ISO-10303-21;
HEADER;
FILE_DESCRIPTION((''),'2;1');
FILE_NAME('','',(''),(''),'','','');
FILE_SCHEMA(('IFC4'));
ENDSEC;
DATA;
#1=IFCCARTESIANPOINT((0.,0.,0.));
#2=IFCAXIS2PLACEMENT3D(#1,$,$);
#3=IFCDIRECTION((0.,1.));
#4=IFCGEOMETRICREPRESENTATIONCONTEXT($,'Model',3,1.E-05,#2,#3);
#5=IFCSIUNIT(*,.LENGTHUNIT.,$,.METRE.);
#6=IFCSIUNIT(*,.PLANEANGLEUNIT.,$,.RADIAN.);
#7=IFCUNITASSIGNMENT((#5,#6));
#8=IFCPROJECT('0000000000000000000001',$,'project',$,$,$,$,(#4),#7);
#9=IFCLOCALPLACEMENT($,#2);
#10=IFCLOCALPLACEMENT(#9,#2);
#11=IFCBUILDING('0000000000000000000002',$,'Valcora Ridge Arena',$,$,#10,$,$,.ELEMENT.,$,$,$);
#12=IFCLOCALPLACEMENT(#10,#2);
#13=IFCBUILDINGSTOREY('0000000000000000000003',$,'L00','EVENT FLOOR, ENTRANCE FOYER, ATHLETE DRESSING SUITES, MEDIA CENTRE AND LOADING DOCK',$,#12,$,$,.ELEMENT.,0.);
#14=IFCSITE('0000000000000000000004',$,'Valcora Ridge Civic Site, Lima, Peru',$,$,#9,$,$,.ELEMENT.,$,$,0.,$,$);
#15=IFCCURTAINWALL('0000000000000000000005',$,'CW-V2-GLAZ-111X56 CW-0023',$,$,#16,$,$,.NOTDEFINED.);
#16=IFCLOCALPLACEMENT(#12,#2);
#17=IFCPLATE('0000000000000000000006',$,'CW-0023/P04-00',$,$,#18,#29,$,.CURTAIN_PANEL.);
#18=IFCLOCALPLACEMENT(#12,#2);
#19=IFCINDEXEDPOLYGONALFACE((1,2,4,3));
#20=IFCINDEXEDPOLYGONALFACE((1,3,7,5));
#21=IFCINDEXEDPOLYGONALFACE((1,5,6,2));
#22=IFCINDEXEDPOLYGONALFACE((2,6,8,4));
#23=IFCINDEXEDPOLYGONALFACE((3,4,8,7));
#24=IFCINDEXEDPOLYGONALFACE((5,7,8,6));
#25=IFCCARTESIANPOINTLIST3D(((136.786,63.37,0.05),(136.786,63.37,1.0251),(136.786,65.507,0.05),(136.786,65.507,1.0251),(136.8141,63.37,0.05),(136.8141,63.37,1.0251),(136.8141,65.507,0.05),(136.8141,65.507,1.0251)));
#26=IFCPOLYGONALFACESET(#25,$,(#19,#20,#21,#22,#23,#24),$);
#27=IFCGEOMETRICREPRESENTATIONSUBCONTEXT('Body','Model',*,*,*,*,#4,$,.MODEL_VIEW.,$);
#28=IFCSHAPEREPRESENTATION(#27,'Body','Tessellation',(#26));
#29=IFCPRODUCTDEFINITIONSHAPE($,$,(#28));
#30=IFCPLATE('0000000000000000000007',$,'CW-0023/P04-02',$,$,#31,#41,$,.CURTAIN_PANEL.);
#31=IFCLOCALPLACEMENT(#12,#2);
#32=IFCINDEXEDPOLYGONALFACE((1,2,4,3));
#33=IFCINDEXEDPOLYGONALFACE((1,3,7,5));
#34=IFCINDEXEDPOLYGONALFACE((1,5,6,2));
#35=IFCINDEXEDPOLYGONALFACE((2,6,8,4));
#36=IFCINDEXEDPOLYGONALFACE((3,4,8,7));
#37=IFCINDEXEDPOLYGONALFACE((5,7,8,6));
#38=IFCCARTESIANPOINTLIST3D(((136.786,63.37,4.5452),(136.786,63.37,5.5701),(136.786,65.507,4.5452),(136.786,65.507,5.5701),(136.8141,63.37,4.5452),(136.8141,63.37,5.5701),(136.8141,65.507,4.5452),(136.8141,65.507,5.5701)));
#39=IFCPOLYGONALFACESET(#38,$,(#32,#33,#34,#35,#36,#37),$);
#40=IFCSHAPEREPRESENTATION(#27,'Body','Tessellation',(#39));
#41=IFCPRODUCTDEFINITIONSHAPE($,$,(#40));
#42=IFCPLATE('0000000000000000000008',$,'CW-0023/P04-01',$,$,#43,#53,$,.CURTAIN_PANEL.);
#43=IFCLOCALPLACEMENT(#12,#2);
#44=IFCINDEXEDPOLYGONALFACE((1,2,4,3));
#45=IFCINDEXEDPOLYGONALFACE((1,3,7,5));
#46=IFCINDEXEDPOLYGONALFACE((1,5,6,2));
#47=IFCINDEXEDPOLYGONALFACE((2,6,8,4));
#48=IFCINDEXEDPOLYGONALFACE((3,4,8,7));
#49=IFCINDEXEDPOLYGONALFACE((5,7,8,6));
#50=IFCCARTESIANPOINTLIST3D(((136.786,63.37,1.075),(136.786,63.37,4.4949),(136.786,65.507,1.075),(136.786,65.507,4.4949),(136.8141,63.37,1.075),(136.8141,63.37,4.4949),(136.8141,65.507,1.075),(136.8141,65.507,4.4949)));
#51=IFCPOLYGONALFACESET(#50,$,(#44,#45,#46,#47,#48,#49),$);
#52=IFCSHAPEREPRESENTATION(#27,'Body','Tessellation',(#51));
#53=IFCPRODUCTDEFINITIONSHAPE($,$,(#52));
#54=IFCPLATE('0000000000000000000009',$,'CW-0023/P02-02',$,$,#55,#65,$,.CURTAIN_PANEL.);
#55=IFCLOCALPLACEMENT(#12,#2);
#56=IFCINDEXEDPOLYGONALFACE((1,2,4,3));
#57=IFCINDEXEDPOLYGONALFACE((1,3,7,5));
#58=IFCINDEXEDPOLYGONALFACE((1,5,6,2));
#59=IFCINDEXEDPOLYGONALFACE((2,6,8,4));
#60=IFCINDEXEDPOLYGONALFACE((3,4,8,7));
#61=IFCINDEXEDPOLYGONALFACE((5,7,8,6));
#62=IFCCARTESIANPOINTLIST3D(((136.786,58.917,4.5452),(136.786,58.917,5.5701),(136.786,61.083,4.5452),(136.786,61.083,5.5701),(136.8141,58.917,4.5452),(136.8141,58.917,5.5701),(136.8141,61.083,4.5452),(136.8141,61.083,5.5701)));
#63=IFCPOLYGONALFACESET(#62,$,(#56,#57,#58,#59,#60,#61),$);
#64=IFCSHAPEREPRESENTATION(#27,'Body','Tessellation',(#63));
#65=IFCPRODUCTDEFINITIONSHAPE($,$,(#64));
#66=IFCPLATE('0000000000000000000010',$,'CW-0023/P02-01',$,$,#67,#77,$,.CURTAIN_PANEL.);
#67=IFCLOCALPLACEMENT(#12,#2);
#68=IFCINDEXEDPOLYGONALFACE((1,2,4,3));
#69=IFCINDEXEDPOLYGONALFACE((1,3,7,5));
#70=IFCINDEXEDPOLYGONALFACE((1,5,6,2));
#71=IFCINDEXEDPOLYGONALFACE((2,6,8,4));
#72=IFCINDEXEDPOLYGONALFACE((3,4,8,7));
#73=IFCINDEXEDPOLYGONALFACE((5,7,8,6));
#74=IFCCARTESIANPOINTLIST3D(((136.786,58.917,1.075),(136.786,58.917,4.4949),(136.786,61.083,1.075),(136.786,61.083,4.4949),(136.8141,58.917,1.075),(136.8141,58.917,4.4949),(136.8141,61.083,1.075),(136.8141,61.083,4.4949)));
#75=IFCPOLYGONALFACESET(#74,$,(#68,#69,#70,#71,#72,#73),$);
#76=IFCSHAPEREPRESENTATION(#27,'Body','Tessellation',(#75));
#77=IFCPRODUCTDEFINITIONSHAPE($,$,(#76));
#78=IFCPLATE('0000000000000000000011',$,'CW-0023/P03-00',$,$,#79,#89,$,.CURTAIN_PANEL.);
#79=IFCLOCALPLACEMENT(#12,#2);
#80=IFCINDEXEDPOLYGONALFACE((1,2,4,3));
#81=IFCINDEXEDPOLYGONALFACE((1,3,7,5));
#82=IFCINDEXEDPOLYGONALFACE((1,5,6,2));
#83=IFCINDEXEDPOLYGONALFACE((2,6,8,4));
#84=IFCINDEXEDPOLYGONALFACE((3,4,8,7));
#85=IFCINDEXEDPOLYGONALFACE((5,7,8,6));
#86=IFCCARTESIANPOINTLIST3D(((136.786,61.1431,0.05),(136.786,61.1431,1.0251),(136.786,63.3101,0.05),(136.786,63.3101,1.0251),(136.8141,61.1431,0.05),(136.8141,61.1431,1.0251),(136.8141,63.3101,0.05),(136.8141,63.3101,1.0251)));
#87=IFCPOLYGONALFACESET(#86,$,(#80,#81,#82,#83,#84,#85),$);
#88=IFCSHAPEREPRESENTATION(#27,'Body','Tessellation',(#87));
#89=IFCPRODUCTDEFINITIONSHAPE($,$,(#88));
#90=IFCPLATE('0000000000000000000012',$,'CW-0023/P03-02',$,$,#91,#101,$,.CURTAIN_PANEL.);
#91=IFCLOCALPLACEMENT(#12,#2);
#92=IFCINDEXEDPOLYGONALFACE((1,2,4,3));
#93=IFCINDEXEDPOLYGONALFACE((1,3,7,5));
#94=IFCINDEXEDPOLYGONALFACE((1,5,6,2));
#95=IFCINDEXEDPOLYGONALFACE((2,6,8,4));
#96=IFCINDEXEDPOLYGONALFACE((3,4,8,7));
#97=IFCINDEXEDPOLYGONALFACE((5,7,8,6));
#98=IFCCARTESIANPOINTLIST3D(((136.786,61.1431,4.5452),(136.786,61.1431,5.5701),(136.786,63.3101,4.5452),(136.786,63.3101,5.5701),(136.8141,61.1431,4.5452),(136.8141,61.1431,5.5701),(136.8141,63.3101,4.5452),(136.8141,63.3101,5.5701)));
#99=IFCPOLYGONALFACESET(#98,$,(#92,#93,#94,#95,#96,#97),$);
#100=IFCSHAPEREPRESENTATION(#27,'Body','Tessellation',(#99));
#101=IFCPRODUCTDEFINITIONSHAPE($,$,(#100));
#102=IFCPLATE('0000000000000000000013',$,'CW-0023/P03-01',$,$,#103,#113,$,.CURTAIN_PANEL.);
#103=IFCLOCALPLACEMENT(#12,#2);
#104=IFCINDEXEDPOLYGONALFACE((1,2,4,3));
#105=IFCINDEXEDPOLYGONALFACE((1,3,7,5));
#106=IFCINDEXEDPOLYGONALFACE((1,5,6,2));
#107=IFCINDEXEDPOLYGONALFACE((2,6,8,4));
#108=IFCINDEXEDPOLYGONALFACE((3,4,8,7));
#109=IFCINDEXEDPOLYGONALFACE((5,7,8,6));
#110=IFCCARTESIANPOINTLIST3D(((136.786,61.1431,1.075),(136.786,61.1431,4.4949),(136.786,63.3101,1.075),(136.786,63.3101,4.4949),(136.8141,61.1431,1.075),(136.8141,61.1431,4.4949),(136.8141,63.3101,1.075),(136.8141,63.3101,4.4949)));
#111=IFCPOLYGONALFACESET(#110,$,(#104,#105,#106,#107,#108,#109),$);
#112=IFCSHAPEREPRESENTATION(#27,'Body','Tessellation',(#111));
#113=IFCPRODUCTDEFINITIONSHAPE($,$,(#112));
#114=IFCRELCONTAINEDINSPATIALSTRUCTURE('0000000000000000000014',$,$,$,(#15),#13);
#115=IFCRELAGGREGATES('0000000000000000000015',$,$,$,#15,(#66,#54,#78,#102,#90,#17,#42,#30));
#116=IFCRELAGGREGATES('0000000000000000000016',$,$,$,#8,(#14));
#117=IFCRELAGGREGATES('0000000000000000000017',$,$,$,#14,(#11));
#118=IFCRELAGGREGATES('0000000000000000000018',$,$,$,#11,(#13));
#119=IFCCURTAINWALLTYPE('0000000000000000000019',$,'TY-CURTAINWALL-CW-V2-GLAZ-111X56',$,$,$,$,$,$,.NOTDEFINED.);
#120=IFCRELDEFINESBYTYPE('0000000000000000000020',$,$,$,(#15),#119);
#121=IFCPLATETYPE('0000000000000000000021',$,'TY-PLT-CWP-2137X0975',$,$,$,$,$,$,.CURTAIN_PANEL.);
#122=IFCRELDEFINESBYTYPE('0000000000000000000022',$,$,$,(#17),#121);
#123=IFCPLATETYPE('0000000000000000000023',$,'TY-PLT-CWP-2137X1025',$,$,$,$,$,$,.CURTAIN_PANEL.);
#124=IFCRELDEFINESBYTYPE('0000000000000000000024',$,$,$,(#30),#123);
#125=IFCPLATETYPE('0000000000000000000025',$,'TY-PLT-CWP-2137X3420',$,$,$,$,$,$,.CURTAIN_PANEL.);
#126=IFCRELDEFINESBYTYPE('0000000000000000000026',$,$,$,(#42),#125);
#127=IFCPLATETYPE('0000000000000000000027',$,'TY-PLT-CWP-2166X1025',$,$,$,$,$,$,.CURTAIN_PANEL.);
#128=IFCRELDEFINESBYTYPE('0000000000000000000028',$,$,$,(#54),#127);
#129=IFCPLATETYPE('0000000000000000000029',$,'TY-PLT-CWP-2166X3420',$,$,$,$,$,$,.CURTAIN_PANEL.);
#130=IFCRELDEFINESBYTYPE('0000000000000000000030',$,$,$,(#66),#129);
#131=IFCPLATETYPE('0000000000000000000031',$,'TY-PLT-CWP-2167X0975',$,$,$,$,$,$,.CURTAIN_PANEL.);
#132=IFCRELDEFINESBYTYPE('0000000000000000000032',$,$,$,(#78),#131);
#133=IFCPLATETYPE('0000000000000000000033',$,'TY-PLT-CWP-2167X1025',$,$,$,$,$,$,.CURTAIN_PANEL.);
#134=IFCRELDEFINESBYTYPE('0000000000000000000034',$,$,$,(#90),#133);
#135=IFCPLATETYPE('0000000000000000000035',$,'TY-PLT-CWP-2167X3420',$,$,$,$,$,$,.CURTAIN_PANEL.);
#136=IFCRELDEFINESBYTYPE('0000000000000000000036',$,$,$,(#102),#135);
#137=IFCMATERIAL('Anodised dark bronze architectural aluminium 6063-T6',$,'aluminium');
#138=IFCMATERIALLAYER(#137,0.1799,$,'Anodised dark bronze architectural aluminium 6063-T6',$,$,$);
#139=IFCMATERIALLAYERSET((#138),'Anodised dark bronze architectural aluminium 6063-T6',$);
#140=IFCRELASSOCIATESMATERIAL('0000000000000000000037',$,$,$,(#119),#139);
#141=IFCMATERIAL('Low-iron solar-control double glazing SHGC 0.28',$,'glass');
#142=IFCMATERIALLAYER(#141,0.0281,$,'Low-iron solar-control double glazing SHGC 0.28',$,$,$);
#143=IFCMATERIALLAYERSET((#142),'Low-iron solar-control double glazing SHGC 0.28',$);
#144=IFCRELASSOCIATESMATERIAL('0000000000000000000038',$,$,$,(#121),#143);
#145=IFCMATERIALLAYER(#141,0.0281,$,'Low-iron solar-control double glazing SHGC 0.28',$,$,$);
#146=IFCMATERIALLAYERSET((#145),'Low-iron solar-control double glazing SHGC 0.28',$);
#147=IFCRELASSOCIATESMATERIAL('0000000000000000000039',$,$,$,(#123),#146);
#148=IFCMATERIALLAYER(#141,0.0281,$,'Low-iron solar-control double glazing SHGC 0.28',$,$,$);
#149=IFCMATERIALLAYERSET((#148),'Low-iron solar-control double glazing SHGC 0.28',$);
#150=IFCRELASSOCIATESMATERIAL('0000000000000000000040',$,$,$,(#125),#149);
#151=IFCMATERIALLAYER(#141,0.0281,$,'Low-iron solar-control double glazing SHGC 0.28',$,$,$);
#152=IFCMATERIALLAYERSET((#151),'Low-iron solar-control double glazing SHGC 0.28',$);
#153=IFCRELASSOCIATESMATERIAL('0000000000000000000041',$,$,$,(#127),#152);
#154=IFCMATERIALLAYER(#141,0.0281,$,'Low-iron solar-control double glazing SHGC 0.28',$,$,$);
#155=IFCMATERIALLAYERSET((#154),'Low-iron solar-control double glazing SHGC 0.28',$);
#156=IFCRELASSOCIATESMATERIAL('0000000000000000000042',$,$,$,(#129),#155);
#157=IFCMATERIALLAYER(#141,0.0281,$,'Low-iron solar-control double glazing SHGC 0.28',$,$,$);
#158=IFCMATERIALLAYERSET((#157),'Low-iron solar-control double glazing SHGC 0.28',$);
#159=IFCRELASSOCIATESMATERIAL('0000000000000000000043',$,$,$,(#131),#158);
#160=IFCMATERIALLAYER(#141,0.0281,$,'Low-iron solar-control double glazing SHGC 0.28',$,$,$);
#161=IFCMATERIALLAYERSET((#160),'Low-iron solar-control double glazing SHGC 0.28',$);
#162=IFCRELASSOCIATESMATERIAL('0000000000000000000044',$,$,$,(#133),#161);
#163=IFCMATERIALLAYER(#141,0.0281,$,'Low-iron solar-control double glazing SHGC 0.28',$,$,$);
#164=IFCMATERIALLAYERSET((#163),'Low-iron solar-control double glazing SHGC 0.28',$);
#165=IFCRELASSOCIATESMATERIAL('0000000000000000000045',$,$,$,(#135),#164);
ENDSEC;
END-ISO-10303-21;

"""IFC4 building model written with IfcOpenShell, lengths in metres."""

from ifc_helpers import new_model, si_unit, direction, frame, origin, origin_2d, place, context, subcontext, project, spatial, rectangle, extrude, material, layer, layer_set, type_object, element, aggregate, save


model = new_model("IFC4")

# Units and contexts
model_context = context("Model", 3, precision=1e-05, world=origin(), true_north=direction((0.0, 1.0)))
body_context = subcontext(model_context, "Body", "Model", "MODEL_VIEW")
ifc_project = project(units=[si_unit("LENGTHUNIT", "METRE"), si_unit("PLANEANGLEUNIT", "RADIAN")], contexts=[model_context])

# Site, building, storey
site_placement = place(None, origin())
site = spatial("IfcSite", under=ifc_project, at=site_placement, Name="Valcora Ridge Civic Site, Lima, Peru", CompositionType="ELEMENT", RefElevation=0.0)
building_placement = place(site_placement, origin())
building = spatial("IfcBuilding", under=site, at=building_placement, Name="Valcora Ridge Arena", CompositionType="ELEMENT")
storey_placement = place(building_placement, origin())
storey = spatial("IfcBuildingStorey", under=building, at=storey_placement, Name="L00", Description="EVENT FLOOR, ENTRANCE FOYER, ATHLETE DRESSING SUITES, MEDIA CENTRE AND LOADING DOCK", CompositionType="ELEMENT", Elevation=0.0)

# Curtain wall
ifc_material_1 = material(Name="Anodised dark bronze architectural aluminium 6063-T6", Category="aluminium")
ifc_layer_1 = layer(ifc_material_1, 0.1799, Name="Anodised dark bronze architectural aluminium 6063-T6")
ifc_layer_set_1 = layer_set([ifc_layer_1], Name="Anodised dark bronze architectural aluminium 6063-T6")
curtain_wall_type_1 = type_object("IfcCurtainWallType", Name="TY-CURTAINWALL-CW-V2-GLAZ-111X56", PredefinedType="NOTDEFINED", material=ifc_layer_set_1)
curtain_wall_1_placement = place(storey_placement, origin())
curtain_wall_1 = element("IfcCurtainWall", 1, at=curtain_wall_1_placement, inside=storey, type_object=curtain_wall_type_1, Name="CW-V2-GLAZ-111X56 CW-0023", PredefinedType="NOTDEFINED")

# Plates
ifc_material_2 = material(Name="Low-iron solar-control double glazing SHGC 0.28", Category="glass")
ifc_layer_2 = layer(ifc_material_2, 0.0281, Name="Low-iron solar-control double glazing SHGC 0.28")
ifc_layer_set_2 = layer_set([ifc_layer_2], Name="Low-iron solar-control double glazing SHGC 0.28")
plate_type_1 = type_object("IfcPlateType", Name="TY-PLT-CWP-2137X0975", PredefinedType="CURTAIN_PANEL", material=ifc_layer_set_2)
plate_1_placement = place(storey_placement, frame((136.8, 64.4385, 0.05), z_axis=(0.0, 0.0, 1.0), x_axis=(0.0, 1.0, 0.0)))
plate_1 = element("IfcPlate", 2, at=plate_1_placement, type_object=plate_type_1, Name="CW-0023/P04-00", PredefinedType="CURTAIN_PANEL", context=body_context, shape_type="SweptSolid", body=[
    extrude(rectangle(XDim=2.137, YDim=0.0281, at=origin_2d()), origin(), (0.0, 0.0, 1.0), 0.9751),
])
ifc_layer_3 = layer(ifc_material_2, 0.0281, Name="Low-iron solar-control double glazing SHGC 0.28")
ifc_layer_set_3 = layer_set([ifc_layer_3], Name="Low-iron solar-control double glazing SHGC 0.28")
plate_type_2 = type_object("IfcPlateType", Name="TY-PLT-CWP-2137X1025", PredefinedType="CURTAIN_PANEL", material=ifc_layer_set_3)
plate_2_placement = place(storey_placement, frame((136.8, 64.4385, 4.5452), z_axis=(0.0, 0.0, 1.0), x_axis=(0.0, 1.0, 0.0)))
plate_2 = element("IfcPlate", 3, at=plate_2_placement, type_object=plate_type_2, Name="CW-0023/P04-02", PredefinedType="CURTAIN_PANEL", context=body_context, shape_type="SweptSolid", body=[
    extrude(rectangle(XDim=2.137, YDim=0.0281, at=origin_2d()), origin(), (0.0, 0.0, 1.0), 1.0249),
])
ifc_layer_4 = layer(ifc_material_2, 0.0281, Name="Low-iron solar-control double glazing SHGC 0.28")
ifc_layer_set_4 = layer_set([ifc_layer_4], Name="Low-iron solar-control double glazing SHGC 0.28")
plate_type_3 = type_object("IfcPlateType", Name="TY-PLT-CWP-2137X3420", PredefinedType="CURTAIN_PANEL", material=ifc_layer_set_4)
plate_3_placement = place(storey_placement, frame((136.8, 64.4385, 1.075), z_axis=(0.0, 0.0, 1.0), x_axis=(0.0, 1.0, 0.0)))
plate_3 = element("IfcPlate", 4, at=plate_3_placement, type_object=plate_type_3, Name="CW-0023/P04-01", PredefinedType="CURTAIN_PANEL", context=body_context, shape_type="SweptSolid", body=[
    extrude(rectangle(XDim=2.137, YDim=0.0281, at=origin_2d()), origin(), (0.0, 0.0, 1.0), 3.4199),
])
ifc_layer_5 = layer(ifc_material_2, 0.0281, Name="Low-iron solar-control double glazing SHGC 0.28")
ifc_layer_set_5 = layer_set([ifc_layer_5], Name="Low-iron solar-control double glazing SHGC 0.28")
plate_type_4 = type_object("IfcPlateType", Name="TY-PLT-CWP-2166X1025", PredefinedType="CURTAIN_PANEL", material=ifc_layer_set_5)
plate_4_placement = place(storey_placement, frame((136.8, 60.0, 4.5452), z_axis=(0.0, 0.0, 1.0), x_axis=(0.0, 1.0, 0.0)))
plate_4 = element("IfcPlate", 5, at=plate_4_placement, type_object=plate_type_4, Name="CW-0023/P02-02", PredefinedType="CURTAIN_PANEL", context=body_context, shape_type="SweptSolid", body=[
    extrude(rectangle(XDim=2.166, YDim=0.0281, at=origin_2d()), origin(), (0.0, 0.0, 1.0), 1.0249),
])
ifc_layer_6 = layer(ifc_material_2, 0.0281, Name="Low-iron solar-control double glazing SHGC 0.28")
ifc_layer_set_6 = layer_set([ifc_layer_6], Name="Low-iron solar-control double glazing SHGC 0.28")
plate_type_5 = type_object("IfcPlateType", Name="TY-PLT-CWP-2166X3420", PredefinedType="CURTAIN_PANEL", material=ifc_layer_set_6)
plate_5_placement = place(storey_placement, frame((136.8, 60.0, 1.075), z_axis=(0.0, 0.0, 1.0), x_axis=(0.0, 1.0, 0.0)))
plate_5 = element("IfcPlate", 6, at=plate_5_placement, type_object=plate_type_5, Name="CW-0023/P02-01", PredefinedType="CURTAIN_PANEL", context=body_context, shape_type="SweptSolid", body=[
    extrude(rectangle(XDim=2.166, YDim=0.0281, at=origin_2d()), origin(), (0.0, 0.0, 1.0), 3.4199),
])
ifc_layer_7 = layer(ifc_material_2, 0.0281, Name="Low-iron solar-control double glazing SHGC 0.28")
ifc_layer_set_7 = layer_set([ifc_layer_7], Name="Low-iron solar-control double glazing SHGC 0.28")
plate_type_6 = type_object("IfcPlateType", Name="TY-PLT-CWP-2167X0975", PredefinedType="CURTAIN_PANEL", material=ifc_layer_set_7)
plate_6_placement = place(storey_placement, frame((136.8, 62.2266, 0.05), z_axis=(0.0, 0.0, 1.0), x_axis=(0.0, 1.0, 0.0)))
plate_6 = element("IfcPlate", 7, at=plate_6_placement, type_object=plate_type_6, Name="CW-0023/P03-00", PredefinedType="CURTAIN_PANEL", context=body_context, shape_type="SweptSolid", body=[
    extrude(rectangle(XDim=2.167, YDim=0.0281, at=origin_2d()), origin(), (0.0, 0.0, 1.0), 0.9751),
])
ifc_layer_8 = layer(ifc_material_2, 0.0281, Name="Low-iron solar-control double glazing SHGC 0.28")
ifc_layer_set_8 = layer_set([ifc_layer_8], Name="Low-iron solar-control double glazing SHGC 0.28")
plate_type_7 = type_object("IfcPlateType", Name="TY-PLT-CWP-2167X1025", PredefinedType="CURTAIN_PANEL", material=ifc_layer_set_8)
plate_7_placement = place(storey_placement, frame((136.8, 62.2266, 4.5452), z_axis=(0.0, 0.0, 1.0), x_axis=(0.0, 1.0, 0.0)))
plate_7 = element("IfcPlate", 8, at=plate_7_placement, type_object=plate_type_7, Name="CW-0023/P03-02", PredefinedType="CURTAIN_PANEL", context=body_context, shape_type="SweptSolid", body=[
    extrude(rectangle(XDim=2.167, YDim=0.0281, at=origin_2d()), origin(), (0.0, 0.0, 1.0), 1.0249),
])
ifc_layer_9 = layer(ifc_material_2, 0.0281, Name="Low-iron solar-control double glazing SHGC 0.28")
ifc_layer_set_9 = layer_set([ifc_layer_9], Name="Low-iron solar-control double glazing SHGC 0.28")
plate_type_8 = type_object("IfcPlateType", Name="TY-PLT-CWP-2167X3420", PredefinedType="CURTAIN_PANEL", material=ifc_layer_set_9)
plate_8_placement = place(storey_placement, frame((136.8, 62.2266, 1.075), z_axis=(0.0, 0.0, 1.0), x_axis=(0.0, 1.0, 0.0)))
plate_8 = element("IfcPlate", 9, at=plate_8_placement, type_object=plate_type_8, Name="CW-0023/P03-01", PredefinedType="CURTAIN_PANEL", context=body_context, shape_type="SweptSolid", body=[
    extrude(rectangle(XDim=2.167, YDim=0.0281, at=origin_2d()), origin(), (0.0, 0.0, 1.0), 3.4199),
])
aggregate(curtain_wall_1, [plate_5, plate_4, plate_6, plate_8, plate_7, plate_1, plate_3, plate_2])

save(model, "model.ifc")
